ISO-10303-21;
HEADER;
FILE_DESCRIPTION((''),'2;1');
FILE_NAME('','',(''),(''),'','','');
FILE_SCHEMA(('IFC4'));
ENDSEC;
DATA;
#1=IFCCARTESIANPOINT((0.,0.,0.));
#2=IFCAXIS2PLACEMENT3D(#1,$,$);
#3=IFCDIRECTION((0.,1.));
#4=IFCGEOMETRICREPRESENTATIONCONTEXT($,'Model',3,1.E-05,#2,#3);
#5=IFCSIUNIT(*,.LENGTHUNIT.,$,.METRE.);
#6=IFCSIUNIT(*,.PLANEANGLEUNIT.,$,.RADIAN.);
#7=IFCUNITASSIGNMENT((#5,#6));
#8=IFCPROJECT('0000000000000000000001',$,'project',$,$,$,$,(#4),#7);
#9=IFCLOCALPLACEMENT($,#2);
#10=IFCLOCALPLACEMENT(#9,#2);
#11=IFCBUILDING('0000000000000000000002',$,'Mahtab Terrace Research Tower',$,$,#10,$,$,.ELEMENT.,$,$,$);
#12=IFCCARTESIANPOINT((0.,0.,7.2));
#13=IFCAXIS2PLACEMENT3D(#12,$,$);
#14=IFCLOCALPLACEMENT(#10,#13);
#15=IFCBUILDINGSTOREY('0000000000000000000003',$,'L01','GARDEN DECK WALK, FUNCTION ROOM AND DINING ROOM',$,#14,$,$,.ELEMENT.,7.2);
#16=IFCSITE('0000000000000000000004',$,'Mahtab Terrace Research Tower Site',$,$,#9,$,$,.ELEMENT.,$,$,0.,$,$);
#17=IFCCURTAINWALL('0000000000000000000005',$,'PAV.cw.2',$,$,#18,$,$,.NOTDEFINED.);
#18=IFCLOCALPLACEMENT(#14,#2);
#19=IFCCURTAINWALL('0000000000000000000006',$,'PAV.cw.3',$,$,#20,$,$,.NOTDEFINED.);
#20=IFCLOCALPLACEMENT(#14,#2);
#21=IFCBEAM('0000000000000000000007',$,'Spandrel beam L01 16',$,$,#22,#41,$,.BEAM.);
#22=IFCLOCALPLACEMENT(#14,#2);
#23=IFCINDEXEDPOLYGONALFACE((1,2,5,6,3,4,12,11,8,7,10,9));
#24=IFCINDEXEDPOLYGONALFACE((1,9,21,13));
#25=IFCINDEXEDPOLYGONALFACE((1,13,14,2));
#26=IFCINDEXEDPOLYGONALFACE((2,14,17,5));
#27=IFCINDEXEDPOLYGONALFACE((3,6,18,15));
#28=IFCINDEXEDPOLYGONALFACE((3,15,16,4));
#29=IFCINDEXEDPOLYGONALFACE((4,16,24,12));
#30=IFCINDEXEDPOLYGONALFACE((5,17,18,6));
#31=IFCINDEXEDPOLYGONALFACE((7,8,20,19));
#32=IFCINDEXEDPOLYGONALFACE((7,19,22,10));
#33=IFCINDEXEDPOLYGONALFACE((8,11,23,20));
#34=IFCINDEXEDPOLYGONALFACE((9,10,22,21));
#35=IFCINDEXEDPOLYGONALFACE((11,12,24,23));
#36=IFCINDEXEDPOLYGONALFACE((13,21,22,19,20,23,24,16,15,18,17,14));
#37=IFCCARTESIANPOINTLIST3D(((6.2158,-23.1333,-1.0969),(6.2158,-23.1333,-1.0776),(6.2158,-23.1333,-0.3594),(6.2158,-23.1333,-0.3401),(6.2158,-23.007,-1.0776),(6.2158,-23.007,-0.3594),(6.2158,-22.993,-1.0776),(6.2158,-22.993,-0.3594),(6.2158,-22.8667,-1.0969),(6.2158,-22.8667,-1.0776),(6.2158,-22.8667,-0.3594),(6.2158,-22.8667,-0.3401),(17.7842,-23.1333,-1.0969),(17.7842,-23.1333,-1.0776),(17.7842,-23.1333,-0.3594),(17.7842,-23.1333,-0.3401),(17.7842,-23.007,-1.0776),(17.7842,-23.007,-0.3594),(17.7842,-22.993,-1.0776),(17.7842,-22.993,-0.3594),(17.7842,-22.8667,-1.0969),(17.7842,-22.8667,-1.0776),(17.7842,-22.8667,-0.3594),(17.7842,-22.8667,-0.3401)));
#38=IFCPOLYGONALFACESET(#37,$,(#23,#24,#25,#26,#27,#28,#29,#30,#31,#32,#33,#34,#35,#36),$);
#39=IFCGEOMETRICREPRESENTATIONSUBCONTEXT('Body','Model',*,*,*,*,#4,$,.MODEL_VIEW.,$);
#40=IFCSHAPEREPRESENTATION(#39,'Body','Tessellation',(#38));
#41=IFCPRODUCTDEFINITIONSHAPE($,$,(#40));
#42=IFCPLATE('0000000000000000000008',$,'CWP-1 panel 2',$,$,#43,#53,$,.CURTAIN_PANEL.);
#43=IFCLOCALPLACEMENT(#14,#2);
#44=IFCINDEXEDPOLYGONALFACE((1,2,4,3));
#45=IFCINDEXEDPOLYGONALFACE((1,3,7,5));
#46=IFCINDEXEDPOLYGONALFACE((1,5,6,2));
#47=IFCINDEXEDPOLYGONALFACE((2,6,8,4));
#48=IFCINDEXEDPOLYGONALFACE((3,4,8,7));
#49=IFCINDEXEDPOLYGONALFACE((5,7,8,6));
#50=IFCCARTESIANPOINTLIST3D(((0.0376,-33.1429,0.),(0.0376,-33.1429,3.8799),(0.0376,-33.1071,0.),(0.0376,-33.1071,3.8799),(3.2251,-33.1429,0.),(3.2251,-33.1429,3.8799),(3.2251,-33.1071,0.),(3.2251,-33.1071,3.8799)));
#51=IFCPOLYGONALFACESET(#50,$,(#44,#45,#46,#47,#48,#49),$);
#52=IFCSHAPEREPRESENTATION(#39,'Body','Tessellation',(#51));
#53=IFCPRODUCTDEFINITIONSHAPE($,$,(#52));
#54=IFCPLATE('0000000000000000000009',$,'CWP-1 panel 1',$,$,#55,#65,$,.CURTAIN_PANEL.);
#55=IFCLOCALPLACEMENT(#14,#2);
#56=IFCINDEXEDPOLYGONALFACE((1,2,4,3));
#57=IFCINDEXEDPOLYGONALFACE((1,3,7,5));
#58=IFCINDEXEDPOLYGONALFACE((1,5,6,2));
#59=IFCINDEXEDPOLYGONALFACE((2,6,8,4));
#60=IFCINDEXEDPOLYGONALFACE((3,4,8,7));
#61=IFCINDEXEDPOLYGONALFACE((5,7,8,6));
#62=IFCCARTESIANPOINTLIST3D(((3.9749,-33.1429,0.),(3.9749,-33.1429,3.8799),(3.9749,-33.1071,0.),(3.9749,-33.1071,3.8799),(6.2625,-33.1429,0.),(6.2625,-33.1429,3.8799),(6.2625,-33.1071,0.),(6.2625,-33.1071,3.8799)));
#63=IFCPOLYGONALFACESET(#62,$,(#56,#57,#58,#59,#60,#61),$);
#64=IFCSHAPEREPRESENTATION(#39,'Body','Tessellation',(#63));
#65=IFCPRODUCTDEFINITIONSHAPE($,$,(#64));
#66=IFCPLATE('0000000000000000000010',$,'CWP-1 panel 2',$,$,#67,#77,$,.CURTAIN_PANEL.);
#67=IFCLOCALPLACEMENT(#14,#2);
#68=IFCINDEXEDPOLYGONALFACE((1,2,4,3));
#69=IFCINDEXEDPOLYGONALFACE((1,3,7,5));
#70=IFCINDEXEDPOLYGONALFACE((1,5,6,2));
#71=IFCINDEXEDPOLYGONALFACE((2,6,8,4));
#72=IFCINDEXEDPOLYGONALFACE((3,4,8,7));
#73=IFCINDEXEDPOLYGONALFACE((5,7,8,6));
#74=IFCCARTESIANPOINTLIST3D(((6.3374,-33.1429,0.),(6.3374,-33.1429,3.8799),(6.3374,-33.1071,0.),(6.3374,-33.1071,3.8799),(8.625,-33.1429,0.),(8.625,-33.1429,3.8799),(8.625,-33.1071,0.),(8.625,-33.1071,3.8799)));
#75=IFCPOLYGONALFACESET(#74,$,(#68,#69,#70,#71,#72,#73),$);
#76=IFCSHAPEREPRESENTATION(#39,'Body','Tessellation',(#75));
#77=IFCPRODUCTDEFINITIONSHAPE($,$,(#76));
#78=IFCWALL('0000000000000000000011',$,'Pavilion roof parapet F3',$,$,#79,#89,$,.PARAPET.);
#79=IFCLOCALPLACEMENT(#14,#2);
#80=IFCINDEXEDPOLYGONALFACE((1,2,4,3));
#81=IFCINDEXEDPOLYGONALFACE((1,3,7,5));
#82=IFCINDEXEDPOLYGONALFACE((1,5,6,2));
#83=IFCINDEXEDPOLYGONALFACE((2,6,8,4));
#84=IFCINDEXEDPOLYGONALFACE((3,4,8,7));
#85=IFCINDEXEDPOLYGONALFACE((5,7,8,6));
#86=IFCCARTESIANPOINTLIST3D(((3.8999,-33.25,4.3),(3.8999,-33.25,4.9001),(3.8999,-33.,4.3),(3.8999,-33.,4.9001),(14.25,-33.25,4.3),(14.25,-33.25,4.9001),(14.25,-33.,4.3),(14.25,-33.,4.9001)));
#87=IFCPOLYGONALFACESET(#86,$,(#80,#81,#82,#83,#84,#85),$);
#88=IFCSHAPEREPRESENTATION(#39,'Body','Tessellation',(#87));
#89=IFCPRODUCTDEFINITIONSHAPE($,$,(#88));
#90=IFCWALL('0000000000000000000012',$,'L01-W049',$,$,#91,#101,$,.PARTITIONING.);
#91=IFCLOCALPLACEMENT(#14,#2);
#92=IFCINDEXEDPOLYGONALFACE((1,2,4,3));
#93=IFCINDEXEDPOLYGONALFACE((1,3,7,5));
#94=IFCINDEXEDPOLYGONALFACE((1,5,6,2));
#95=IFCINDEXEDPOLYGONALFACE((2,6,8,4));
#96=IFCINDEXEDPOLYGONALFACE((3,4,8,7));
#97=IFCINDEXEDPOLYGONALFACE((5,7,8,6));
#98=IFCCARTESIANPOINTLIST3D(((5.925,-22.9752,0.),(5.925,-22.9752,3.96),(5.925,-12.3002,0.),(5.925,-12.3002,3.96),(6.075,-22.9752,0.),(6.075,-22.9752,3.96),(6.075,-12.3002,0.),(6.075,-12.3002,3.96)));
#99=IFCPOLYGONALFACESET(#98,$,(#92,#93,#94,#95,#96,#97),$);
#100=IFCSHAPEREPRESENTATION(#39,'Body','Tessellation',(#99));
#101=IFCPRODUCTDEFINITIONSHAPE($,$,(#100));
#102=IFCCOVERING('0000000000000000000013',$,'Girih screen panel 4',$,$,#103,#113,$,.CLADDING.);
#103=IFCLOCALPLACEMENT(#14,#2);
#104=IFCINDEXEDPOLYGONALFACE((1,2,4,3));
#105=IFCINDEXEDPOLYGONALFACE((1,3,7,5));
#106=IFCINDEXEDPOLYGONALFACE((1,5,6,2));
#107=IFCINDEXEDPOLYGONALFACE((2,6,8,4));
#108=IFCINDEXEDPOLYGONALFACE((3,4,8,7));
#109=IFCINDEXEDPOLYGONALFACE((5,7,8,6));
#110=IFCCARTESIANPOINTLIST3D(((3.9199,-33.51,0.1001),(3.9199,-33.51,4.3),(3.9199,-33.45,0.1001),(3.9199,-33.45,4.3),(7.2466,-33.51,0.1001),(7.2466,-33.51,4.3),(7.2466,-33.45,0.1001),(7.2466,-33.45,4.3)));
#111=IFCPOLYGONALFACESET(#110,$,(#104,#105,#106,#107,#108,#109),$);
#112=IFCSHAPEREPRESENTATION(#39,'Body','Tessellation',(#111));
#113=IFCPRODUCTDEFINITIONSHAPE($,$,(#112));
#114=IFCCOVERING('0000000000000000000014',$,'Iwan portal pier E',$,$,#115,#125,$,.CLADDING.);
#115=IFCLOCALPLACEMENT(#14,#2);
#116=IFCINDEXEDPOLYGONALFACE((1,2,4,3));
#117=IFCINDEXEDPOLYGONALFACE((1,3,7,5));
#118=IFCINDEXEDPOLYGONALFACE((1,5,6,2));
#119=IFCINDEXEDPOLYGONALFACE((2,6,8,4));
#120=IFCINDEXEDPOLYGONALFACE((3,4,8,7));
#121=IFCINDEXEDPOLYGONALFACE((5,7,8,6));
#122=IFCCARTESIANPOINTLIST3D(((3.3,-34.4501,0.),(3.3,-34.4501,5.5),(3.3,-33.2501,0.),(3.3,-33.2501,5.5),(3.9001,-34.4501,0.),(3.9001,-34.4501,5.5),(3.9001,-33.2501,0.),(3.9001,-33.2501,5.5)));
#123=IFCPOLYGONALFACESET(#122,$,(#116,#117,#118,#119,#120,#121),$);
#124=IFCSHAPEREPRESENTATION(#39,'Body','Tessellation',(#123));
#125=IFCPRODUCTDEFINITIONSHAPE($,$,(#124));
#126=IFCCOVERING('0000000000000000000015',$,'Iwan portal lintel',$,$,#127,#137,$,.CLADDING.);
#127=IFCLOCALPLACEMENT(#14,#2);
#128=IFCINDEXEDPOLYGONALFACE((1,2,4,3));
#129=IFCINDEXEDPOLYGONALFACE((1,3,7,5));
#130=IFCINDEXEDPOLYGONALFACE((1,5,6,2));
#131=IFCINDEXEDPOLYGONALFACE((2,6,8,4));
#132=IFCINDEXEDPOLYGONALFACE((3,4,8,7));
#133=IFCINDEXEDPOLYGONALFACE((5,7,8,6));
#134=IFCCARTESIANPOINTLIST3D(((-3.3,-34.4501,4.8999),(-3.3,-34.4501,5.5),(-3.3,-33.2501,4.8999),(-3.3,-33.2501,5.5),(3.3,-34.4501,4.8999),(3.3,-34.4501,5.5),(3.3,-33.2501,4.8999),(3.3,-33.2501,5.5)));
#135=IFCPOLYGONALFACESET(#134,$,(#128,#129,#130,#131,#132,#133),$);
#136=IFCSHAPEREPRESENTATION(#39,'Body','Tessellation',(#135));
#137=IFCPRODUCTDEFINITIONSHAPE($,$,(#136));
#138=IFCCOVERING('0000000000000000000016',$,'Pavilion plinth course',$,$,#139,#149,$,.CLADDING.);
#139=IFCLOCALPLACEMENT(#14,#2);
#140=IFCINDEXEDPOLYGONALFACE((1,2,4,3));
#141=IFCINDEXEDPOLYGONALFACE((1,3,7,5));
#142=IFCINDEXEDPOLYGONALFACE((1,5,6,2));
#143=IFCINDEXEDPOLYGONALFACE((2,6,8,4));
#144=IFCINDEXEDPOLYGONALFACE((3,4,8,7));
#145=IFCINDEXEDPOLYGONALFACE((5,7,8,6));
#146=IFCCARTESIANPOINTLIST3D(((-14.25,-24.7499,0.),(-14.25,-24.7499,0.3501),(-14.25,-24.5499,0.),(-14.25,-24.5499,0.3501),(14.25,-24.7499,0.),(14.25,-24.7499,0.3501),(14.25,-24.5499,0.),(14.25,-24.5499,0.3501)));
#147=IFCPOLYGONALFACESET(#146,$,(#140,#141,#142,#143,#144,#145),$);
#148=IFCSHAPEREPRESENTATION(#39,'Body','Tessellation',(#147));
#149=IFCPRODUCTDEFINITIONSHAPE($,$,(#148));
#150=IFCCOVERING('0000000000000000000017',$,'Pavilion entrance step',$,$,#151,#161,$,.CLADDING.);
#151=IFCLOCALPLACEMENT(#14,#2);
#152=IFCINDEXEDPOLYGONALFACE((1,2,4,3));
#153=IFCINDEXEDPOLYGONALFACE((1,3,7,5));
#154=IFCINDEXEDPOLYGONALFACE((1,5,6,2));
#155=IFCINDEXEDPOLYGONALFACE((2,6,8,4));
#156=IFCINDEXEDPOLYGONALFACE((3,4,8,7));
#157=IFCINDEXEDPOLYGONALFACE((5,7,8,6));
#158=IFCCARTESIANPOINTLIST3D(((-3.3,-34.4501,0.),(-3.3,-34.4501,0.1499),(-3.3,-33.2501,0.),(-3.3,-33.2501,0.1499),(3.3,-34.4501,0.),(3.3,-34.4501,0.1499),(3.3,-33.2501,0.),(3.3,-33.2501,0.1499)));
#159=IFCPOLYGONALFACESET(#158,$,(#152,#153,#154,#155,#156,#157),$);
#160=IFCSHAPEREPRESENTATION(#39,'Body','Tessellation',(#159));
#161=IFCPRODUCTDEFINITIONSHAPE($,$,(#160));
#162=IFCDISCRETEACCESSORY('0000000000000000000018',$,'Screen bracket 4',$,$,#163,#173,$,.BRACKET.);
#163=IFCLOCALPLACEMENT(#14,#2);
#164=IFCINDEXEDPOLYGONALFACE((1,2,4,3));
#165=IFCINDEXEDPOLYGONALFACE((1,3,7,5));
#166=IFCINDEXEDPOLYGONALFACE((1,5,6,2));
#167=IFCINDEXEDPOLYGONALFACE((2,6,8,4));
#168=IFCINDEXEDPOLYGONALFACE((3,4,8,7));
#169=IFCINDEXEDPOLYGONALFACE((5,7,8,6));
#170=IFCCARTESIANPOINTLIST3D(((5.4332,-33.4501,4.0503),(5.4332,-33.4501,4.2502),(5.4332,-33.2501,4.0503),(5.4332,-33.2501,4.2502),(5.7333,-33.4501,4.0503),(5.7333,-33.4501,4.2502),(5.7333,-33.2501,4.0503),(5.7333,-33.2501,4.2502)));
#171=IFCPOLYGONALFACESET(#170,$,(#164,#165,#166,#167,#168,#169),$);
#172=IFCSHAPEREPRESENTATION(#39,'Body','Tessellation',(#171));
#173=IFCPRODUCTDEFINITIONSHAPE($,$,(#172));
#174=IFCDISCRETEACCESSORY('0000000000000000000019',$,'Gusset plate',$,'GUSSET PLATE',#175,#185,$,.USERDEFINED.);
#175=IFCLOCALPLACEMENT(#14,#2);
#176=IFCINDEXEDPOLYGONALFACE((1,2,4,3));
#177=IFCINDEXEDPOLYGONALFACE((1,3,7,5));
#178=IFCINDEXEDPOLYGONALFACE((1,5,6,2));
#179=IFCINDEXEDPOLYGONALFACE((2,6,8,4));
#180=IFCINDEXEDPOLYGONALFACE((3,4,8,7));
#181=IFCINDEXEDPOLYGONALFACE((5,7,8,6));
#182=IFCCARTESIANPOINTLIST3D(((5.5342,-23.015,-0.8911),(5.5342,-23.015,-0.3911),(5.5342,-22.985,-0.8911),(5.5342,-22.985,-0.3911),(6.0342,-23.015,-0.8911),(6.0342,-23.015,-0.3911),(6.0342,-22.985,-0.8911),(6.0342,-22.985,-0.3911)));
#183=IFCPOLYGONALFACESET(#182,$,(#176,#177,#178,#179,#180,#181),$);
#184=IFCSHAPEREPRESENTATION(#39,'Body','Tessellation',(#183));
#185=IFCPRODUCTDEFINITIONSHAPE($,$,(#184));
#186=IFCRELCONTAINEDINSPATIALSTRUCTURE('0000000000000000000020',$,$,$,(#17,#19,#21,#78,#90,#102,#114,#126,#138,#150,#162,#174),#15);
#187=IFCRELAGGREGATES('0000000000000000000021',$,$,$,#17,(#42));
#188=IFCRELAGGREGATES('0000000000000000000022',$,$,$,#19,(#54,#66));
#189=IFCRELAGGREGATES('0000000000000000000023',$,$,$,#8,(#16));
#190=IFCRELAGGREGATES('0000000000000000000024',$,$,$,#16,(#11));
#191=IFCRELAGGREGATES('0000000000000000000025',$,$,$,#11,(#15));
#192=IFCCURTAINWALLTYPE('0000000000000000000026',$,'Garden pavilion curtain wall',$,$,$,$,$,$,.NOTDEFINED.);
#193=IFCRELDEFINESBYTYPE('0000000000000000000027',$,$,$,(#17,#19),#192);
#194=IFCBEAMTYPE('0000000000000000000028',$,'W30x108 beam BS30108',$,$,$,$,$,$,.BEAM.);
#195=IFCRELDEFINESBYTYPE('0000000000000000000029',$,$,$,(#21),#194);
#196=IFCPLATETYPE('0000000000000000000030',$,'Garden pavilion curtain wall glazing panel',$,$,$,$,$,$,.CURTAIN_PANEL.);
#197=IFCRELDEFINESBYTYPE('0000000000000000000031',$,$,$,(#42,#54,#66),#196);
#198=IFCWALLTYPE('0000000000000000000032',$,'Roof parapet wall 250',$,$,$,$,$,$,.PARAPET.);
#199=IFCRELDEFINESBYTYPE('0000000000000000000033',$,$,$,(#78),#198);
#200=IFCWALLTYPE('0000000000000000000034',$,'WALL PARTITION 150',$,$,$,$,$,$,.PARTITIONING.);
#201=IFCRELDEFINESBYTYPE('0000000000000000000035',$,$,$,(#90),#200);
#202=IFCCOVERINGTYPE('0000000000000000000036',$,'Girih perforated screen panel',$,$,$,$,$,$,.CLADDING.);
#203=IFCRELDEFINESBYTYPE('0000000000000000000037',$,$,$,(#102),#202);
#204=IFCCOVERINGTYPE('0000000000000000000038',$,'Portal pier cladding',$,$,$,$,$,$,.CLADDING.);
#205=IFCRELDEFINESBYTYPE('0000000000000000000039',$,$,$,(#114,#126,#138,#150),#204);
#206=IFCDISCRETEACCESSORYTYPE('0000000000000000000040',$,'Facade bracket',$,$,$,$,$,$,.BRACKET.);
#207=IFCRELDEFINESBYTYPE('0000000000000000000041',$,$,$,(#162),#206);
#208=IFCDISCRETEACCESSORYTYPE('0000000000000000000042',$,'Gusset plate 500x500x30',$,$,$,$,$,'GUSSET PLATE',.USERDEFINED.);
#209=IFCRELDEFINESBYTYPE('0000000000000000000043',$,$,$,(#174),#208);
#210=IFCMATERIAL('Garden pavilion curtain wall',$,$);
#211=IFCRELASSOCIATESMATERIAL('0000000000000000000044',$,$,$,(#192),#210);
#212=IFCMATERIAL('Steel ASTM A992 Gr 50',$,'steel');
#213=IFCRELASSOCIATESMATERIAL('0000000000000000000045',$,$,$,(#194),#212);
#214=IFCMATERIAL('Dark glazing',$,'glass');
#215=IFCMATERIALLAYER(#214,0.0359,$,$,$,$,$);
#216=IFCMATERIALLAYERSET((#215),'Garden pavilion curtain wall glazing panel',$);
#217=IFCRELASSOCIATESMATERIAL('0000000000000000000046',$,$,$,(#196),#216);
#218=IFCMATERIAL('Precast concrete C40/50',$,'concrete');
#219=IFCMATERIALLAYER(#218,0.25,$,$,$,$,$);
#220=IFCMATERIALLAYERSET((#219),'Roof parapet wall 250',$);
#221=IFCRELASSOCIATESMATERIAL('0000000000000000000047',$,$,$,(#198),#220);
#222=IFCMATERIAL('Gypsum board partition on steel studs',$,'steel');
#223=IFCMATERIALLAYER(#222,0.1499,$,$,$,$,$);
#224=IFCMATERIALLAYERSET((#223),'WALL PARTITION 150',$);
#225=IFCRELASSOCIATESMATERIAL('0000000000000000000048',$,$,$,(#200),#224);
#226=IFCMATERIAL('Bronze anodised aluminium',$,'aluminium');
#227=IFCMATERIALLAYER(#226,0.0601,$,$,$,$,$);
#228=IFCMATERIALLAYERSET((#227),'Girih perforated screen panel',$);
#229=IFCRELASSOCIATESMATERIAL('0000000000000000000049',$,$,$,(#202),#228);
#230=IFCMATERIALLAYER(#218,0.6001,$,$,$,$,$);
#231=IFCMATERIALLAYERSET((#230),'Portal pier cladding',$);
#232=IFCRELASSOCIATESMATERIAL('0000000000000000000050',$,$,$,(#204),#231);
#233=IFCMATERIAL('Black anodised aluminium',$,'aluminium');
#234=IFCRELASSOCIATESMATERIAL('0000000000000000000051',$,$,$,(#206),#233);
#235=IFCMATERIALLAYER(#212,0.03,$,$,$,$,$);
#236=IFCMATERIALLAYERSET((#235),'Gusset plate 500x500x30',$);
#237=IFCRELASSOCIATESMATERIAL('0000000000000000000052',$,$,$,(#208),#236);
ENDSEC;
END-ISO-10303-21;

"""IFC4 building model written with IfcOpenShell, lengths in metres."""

from ifc_helpers import new_model, si_unit, direction, frame, frame_2d, origin, origin_2d, place, context, subcontext, project, spatial, rectangle, i_section, extrude, material, layer, layer_set, material_profile, profile_set, type_object, element, aggregate, save


model = new_model("IFC4")

# Units and contexts
model_context = context("Model", 3, precision=1e-05, world=origin(), true_north=direction((0.0, 1.0)))
body_context = subcontext(model_context, "Body", "Model", "MODEL_VIEW")
ifc_project = project(units=[si_unit("LENGTHUNIT", "METRE"), si_unit("PLANEANGLEUNIT", "RADIAN")], contexts=[model_context])

# Site, building, storey
site_placement = place(None, origin())
site = spatial("IfcSite", under=ifc_project, at=site_placement, Name="Mahtab Terrace Research Tower Site", CompositionType="ELEMENT", RefElevation=0.0)
building_placement = place(site_placement, origin())
building = spatial("IfcBuilding", under=site, at=building_placement, Name="Mahtab Terrace Research Tower", CompositionType="ELEMENT")
storey_placement = place(building_placement, frame((0.0, 0.0, 7.2)))
storey = spatial("IfcBuildingStorey", under=building, at=storey_placement, Name="L01", Description="GARDEN DECK WALK, FUNCTION ROOM AND DINING ROOM", CompositionType="ELEMENT", Elevation=7.2)

# Shared definitions
ifc_material_1 = material(Name="Steel ASTM A992 Gr 50", Category="steel")

# Curtain walls
ifc_material_2 = material(Name="Garden pavilion curtain wall")
curtain_wall_type_1 = type_object("IfcCurtainWallType", Name="Garden pavilion curtain wall", PredefinedType="NOTDEFINED", material=ifc_material_2)
curtain_wall_1_placement = place(storey_placement, origin())
curtain_wall_1 = element("IfcCurtainWall", 1, at=curtain_wall_1_placement, inside=storey, type_object=curtain_wall_type_1, Name="PAV.cw.2", PredefinedType="NOTDEFINED")
curtain_wall_2_placement = place(storey_placement, origin())
curtain_wall_2 = element("IfcCurtainWall", 2, at=curtain_wall_2_placement, inside=storey, type_object=curtain_wall_type_1, Name="PAV.cw.3", PredefinedType="NOTDEFINED")

# Beam
ifc_material_profile_1 = material_profile(ifc_material_1, i_section(OverallWidth=0.2666, OverallDepth=0.7568, WebThickness=0.0139, FlangeThickness=0.0193, at=origin_2d()), Name="W30X108")
ifc_profile_set_1 = profile_set([ifc_material_profile_1], Name="Steel ASTM A992 Gr 50")
beam_type = type_object("IfcBeamType", Name="W30x108 beam BS30108", PredefinedType="BEAM", material=ifc_profile_set_1)
beam_placement = place(storey_placement, frame((6.2158, -23.0, -0.7185), z_axis=(1.0, 0.0, 0.0), x_axis=(0.0, 1.0, 0.0)))
element("IfcBeam", 3, at=beam_placement, inside=storey, type_object=beam_type, Name="Spandrel beam L01 16", PredefinedType="BEAM", context=body_context, shape_type="SweptSolid", body=[
    extrude(i_section(OverallWidth=0.2666, OverallDepth=0.7568, WebThickness=0.0139, FlangeThickness=0.0193, at=origin_2d()), origin(), (0.0, 0.0, 1.0), 11.5684),
])

# Plates
ifc_material_3 = material(Name="Dark glazing", Category="glass")
ifc_layer_1 = layer(ifc_material_3, 0.0359)
ifc_layer_set_1 = layer_set([ifc_layer_1], Name="Garden pavilion curtain wall glazing panel")
plate_type = type_object("IfcPlateType", Name="Garden pavilion curtain wall glazing panel", PredefinedType="CURTAIN_PANEL", material=ifc_layer_set_1)
plate_1_placement = place(storey_placement, frame((1.6313, -33.125, 0.0), z_axis=(0.0, 0.0, 1.0), x_axis=(1.0, 0.0, 0.0)))
plate_1 = element("IfcPlate", 4, at=plate_1_placement, type_object=plate_type, Name="CWP-1 panel 2", PredefinedType="CURTAIN_PANEL", context=body_context, shape_type="SweptSolid", body=[
    extrude(rectangle(XDim=3.1875, YDim=0.0359, at=origin_2d()), origin(), (0.0, 0.0, 1.0), 3.8799),
])
aggregate(curtain_wall_1, [plate_1])
plate_2_placement = place(storey_placement, frame((5.1187, -33.125, 0.0), z_axis=(0.0, 0.0, 1.0), x_axis=(1.0, 0.0, 0.0)))
plate_2 = element("IfcPlate", 5, at=plate_2_placement, type_object=plate_type, Name="CWP-1 panel 1", PredefinedType="CURTAIN_PANEL", context=body_context, shape_type="SweptSolid", body=[
    extrude(rectangle(XDim=2.2876, YDim=0.0359, at=origin_2d()), origin(), (0.0, 0.0, 1.0), 3.8799),
])
plate_3_placement = place(storey_placement, frame((7.4812, -33.125, 0.0), z_axis=(0.0, 0.0, 1.0), x_axis=(1.0, 0.0, 0.0)))
plate_3 = element("IfcPlate", 6, at=plate_3_placement, type_object=plate_type, Name="CWP-1 panel 2", PredefinedType="CURTAIN_PANEL", context=body_context, shape_type="SweptSolid", body=[
    extrude(rectangle(XDim=2.2876, YDim=0.0359, at=origin_2d()), origin(), (0.0, 0.0, 1.0), 3.8799),
])
aggregate(curtain_wall_2, [plate_2, plate_3])

# Walls
ifc_material_4 = material(Name="Precast concrete C40/50", Category="concrete")
ifc_layer_2 = layer(ifc_material_4, 0.25)
ifc_layer_set_2 = layer_set([ifc_layer_2], Name="Roof parapet wall 250")
wall_type_1 = type_object("IfcWallType", Name="Roof parapet wall 250", PredefinedType="PARAPET", material=ifc_layer_set_2)
wall_1_placement = place(storey_placement, frame((3.8999, -33.125, 4.3), z_axis=(0.0, 0.0, 1.0), x_axis=(1.0, 0.0, 0.0)))
element("IfcWall", 7, at=wall_1_placement, inside=storey, type_object=wall_type_1, Name="Pavilion roof parapet F3", PredefinedType="PARAPET", context=body_context, shape_type="SweptSolid", body=[
    extrude(rectangle(XDim=10.3501, YDim=0.25, at=frame_2d((5.175, 0.0))), origin(), (0.0, 0.0, 1.0), 0.6001),
])
ifc_material_5 = material(Name="Gypsum board partition on steel studs", Category="steel")
ifc_layer_3 = layer(ifc_material_5, 0.1499)
ifc_layer_set_3 = layer_set([ifc_layer_3], Name="WALL PARTITION 150")
wall_type_2 = type_object("IfcWallType", Name="WALL PARTITION 150", PredefinedType="PARTITIONING", material=ifc_layer_set_3)
wall_2_placement = place(storey_placement, frame((6.0, -22.9751, 0.0), z_axis=(0.0, 0.0, 1.0), x_axis=(0.0, 1.0, 0.0)))
element("IfcWall", 8, at=wall_2_placement, inside=storey, type_object=wall_type_2, Name="L01-W049", PredefinedType="PARTITIONING", context=body_context, shape_type="SweptSolid", body=[
    extrude(rectangle(XDim=10.675, YDim=0.1499, at=frame_2d((5.3374, 0.0))), origin(), (0.0, 0.0, 1.0), 3.96),
])

# Coverings
ifc_material_6 = material(Name="Bronze anodised aluminium", Category="aluminium")
ifc_layer_4 = layer(ifc_material_6, 0.0601)
ifc_layer_set_4 = layer_set([ifc_layer_4], Name="Girih perforated screen panel")
covering_type_1 = type_object("IfcCoveringType", Name="Girih perforated screen panel", PredefinedType="CLADDING", material=ifc_layer_set_4)
covering_1_placement = place(storey_placement, frame((5.5833, -33.48, 0.1001), z_axis=(0.0, 0.0, 1.0), x_axis=(1.0, 0.0, 0.0)))
element("IfcCovering", 9, at=covering_1_placement, inside=storey, type_object=covering_type_1, Name="Girih screen panel 4", PredefinedType="CLADDING", context=body_context, shape_type="SweptSolid", body=[
    extrude(rectangle(XDim=3.3267, YDim=0.0601, at=origin_2d()), origin(), (0.0, 0.0, 1.0), 4.2),
])
ifc_layer_5 = layer(ifc_material_4, 0.6001)
ifc_layer_set_5 = layer_set([ifc_layer_5], Name="Portal pier cladding")
covering_type_2 = type_object("IfcCoveringType", Name="Portal pier cladding", PredefinedType="CLADDING", material=ifc_layer_set_5)
covering_2_placement = place(storey_placement, frame((3.6001, -33.8501, 0.0), z_axis=(0.0, 0.0, 1.0), x_axis=(1.0, 0.0, 0.0)))
element("IfcCovering", 10, at=covering_2_placement, inside=storey, type_object=covering_type_2, Name="Iwan portal pier E", PredefinedType="CLADDING", context=body_context, shape_type="SweptSolid", body=[
    extrude(rectangle(XDim=0.6001, YDim=1.2, at=origin_2d()), origin(), (0.0, 0.0, 1.0), 5.5),
])
covering_3_placement = place(storey_placement, frame((0.0, -33.8501, 4.8999), z_axis=(0.0, 0.0, 1.0), x_axis=(1.0, 0.0, 0.0)))
element("IfcCovering", 11, at=covering_3_placement, inside=storey, type_object=covering_type_2, Name="Iwan portal lintel", PredefinedType="CLADDING", context=body_context, shape_type="SweptSolid", body=[
    extrude(rectangle(XDim=6.6001, YDim=1.2, at=origin_2d()), origin(), (0.0, 0.0, 1.0), 0.6001),
])
covering_4_placement = place(storey_placement, frame((0.0, -24.6499, 0.0), z_axis=(0.0, 0.0, 1.0), x_axis=(1.0, 0.0, 0.0)))
element("IfcCovering", 12, at=covering_4_placement, inside=storey, type_object=covering_type_2, Name="Pavilion plinth course", PredefinedType="CLADDING", context=body_context, shape_type="SweptSolid", body=[
    extrude(rectangle(XDim=28.5, YDim=0.2, at=origin_2d()), origin(), (0.0, 0.0, 1.0), 0.3501),
])
covering_5_placement = place(storey_placement, frame((0.0, -33.8501, 0.0), z_axis=(0.0, 0.0, 1.0), x_axis=(1.0, 0.0, 0.0)))
element("IfcCovering", 13, at=covering_5_placement, inside=storey, type_object=covering_type_2, Name="Pavilion entrance step", PredefinedType="CLADDING", context=body_context, shape_type="SweptSolid", body=[
    extrude(rectangle(XDim=6.6001, YDim=1.2, at=origin_2d()), origin(), (0.0, 0.0, 1.0), 0.1499),
])

# Discrete accessories
ifc_material_7 = material(Name="Black anodised aluminium", Category="aluminium")
discrete_accessory_type_1 = type_object("IfcDiscreteAccessoryType", Name="Facade bracket", PredefinedType="BRACKET", material=ifc_material_7)
discrete_accessory_placement = place(storey_placement, frame((5.5833, -33.3501, 4.0503), z_axis=(0.0, 0.0, 1.0), x_axis=(1.0, 0.0, 0.0)))
element("IfcDiscreteAccessory", 14, at=discrete_accessory_placement, inside=storey, type_object=discrete_accessory_type_1, Name="Screen bracket 4", PredefinedType="BRACKET", context=body_context, shape_type="SweptSolid", body=[
    extrude(rectangle(XDim=0.3, YDim=0.2, at=origin_2d()), origin(), (0.0, 0.0, 1.0), 0.2),
])
ifc_layer_6 = layer(ifc_material_1, 0.03)
ifc_layer_set_6 = layer_set([ifc_layer_6], Name="Gusset plate 500x500x30")
discrete_accessory_type_2 = type_object("IfcDiscreteAccessoryType", Name="Gusset plate 500x500x30", ElementType="GUSSET PLATE", PredefinedType="USERDEFINED", material=ifc_layer_set_6)
for number, where, z_axis, x_axis, name in (
    (15, (5.7842, -23.0, -0.8911), (0.0, 0.0, 1.0), (1.0, 0.0, 0.0), "Gusset plate"),
):
    element("IfcDiscreteAccessory", number, at=place(storey_placement, frame(where, z_axis=z_axis, x_axis=x_axis)), inside=storey, type_object=discrete_accessory_type_2, Name=name, ObjectType="GUSSET PLATE", PredefinedType="USERDEFINED", context=body_context, shape_type="SweptSolid", body=[
        extrude(rectangle(XDim=0.5, YDim=0.03, at=origin_2d()), origin(), (0.0, 0.0, 1.0), 0.5),
    ])

save(model, "model.ifc")
